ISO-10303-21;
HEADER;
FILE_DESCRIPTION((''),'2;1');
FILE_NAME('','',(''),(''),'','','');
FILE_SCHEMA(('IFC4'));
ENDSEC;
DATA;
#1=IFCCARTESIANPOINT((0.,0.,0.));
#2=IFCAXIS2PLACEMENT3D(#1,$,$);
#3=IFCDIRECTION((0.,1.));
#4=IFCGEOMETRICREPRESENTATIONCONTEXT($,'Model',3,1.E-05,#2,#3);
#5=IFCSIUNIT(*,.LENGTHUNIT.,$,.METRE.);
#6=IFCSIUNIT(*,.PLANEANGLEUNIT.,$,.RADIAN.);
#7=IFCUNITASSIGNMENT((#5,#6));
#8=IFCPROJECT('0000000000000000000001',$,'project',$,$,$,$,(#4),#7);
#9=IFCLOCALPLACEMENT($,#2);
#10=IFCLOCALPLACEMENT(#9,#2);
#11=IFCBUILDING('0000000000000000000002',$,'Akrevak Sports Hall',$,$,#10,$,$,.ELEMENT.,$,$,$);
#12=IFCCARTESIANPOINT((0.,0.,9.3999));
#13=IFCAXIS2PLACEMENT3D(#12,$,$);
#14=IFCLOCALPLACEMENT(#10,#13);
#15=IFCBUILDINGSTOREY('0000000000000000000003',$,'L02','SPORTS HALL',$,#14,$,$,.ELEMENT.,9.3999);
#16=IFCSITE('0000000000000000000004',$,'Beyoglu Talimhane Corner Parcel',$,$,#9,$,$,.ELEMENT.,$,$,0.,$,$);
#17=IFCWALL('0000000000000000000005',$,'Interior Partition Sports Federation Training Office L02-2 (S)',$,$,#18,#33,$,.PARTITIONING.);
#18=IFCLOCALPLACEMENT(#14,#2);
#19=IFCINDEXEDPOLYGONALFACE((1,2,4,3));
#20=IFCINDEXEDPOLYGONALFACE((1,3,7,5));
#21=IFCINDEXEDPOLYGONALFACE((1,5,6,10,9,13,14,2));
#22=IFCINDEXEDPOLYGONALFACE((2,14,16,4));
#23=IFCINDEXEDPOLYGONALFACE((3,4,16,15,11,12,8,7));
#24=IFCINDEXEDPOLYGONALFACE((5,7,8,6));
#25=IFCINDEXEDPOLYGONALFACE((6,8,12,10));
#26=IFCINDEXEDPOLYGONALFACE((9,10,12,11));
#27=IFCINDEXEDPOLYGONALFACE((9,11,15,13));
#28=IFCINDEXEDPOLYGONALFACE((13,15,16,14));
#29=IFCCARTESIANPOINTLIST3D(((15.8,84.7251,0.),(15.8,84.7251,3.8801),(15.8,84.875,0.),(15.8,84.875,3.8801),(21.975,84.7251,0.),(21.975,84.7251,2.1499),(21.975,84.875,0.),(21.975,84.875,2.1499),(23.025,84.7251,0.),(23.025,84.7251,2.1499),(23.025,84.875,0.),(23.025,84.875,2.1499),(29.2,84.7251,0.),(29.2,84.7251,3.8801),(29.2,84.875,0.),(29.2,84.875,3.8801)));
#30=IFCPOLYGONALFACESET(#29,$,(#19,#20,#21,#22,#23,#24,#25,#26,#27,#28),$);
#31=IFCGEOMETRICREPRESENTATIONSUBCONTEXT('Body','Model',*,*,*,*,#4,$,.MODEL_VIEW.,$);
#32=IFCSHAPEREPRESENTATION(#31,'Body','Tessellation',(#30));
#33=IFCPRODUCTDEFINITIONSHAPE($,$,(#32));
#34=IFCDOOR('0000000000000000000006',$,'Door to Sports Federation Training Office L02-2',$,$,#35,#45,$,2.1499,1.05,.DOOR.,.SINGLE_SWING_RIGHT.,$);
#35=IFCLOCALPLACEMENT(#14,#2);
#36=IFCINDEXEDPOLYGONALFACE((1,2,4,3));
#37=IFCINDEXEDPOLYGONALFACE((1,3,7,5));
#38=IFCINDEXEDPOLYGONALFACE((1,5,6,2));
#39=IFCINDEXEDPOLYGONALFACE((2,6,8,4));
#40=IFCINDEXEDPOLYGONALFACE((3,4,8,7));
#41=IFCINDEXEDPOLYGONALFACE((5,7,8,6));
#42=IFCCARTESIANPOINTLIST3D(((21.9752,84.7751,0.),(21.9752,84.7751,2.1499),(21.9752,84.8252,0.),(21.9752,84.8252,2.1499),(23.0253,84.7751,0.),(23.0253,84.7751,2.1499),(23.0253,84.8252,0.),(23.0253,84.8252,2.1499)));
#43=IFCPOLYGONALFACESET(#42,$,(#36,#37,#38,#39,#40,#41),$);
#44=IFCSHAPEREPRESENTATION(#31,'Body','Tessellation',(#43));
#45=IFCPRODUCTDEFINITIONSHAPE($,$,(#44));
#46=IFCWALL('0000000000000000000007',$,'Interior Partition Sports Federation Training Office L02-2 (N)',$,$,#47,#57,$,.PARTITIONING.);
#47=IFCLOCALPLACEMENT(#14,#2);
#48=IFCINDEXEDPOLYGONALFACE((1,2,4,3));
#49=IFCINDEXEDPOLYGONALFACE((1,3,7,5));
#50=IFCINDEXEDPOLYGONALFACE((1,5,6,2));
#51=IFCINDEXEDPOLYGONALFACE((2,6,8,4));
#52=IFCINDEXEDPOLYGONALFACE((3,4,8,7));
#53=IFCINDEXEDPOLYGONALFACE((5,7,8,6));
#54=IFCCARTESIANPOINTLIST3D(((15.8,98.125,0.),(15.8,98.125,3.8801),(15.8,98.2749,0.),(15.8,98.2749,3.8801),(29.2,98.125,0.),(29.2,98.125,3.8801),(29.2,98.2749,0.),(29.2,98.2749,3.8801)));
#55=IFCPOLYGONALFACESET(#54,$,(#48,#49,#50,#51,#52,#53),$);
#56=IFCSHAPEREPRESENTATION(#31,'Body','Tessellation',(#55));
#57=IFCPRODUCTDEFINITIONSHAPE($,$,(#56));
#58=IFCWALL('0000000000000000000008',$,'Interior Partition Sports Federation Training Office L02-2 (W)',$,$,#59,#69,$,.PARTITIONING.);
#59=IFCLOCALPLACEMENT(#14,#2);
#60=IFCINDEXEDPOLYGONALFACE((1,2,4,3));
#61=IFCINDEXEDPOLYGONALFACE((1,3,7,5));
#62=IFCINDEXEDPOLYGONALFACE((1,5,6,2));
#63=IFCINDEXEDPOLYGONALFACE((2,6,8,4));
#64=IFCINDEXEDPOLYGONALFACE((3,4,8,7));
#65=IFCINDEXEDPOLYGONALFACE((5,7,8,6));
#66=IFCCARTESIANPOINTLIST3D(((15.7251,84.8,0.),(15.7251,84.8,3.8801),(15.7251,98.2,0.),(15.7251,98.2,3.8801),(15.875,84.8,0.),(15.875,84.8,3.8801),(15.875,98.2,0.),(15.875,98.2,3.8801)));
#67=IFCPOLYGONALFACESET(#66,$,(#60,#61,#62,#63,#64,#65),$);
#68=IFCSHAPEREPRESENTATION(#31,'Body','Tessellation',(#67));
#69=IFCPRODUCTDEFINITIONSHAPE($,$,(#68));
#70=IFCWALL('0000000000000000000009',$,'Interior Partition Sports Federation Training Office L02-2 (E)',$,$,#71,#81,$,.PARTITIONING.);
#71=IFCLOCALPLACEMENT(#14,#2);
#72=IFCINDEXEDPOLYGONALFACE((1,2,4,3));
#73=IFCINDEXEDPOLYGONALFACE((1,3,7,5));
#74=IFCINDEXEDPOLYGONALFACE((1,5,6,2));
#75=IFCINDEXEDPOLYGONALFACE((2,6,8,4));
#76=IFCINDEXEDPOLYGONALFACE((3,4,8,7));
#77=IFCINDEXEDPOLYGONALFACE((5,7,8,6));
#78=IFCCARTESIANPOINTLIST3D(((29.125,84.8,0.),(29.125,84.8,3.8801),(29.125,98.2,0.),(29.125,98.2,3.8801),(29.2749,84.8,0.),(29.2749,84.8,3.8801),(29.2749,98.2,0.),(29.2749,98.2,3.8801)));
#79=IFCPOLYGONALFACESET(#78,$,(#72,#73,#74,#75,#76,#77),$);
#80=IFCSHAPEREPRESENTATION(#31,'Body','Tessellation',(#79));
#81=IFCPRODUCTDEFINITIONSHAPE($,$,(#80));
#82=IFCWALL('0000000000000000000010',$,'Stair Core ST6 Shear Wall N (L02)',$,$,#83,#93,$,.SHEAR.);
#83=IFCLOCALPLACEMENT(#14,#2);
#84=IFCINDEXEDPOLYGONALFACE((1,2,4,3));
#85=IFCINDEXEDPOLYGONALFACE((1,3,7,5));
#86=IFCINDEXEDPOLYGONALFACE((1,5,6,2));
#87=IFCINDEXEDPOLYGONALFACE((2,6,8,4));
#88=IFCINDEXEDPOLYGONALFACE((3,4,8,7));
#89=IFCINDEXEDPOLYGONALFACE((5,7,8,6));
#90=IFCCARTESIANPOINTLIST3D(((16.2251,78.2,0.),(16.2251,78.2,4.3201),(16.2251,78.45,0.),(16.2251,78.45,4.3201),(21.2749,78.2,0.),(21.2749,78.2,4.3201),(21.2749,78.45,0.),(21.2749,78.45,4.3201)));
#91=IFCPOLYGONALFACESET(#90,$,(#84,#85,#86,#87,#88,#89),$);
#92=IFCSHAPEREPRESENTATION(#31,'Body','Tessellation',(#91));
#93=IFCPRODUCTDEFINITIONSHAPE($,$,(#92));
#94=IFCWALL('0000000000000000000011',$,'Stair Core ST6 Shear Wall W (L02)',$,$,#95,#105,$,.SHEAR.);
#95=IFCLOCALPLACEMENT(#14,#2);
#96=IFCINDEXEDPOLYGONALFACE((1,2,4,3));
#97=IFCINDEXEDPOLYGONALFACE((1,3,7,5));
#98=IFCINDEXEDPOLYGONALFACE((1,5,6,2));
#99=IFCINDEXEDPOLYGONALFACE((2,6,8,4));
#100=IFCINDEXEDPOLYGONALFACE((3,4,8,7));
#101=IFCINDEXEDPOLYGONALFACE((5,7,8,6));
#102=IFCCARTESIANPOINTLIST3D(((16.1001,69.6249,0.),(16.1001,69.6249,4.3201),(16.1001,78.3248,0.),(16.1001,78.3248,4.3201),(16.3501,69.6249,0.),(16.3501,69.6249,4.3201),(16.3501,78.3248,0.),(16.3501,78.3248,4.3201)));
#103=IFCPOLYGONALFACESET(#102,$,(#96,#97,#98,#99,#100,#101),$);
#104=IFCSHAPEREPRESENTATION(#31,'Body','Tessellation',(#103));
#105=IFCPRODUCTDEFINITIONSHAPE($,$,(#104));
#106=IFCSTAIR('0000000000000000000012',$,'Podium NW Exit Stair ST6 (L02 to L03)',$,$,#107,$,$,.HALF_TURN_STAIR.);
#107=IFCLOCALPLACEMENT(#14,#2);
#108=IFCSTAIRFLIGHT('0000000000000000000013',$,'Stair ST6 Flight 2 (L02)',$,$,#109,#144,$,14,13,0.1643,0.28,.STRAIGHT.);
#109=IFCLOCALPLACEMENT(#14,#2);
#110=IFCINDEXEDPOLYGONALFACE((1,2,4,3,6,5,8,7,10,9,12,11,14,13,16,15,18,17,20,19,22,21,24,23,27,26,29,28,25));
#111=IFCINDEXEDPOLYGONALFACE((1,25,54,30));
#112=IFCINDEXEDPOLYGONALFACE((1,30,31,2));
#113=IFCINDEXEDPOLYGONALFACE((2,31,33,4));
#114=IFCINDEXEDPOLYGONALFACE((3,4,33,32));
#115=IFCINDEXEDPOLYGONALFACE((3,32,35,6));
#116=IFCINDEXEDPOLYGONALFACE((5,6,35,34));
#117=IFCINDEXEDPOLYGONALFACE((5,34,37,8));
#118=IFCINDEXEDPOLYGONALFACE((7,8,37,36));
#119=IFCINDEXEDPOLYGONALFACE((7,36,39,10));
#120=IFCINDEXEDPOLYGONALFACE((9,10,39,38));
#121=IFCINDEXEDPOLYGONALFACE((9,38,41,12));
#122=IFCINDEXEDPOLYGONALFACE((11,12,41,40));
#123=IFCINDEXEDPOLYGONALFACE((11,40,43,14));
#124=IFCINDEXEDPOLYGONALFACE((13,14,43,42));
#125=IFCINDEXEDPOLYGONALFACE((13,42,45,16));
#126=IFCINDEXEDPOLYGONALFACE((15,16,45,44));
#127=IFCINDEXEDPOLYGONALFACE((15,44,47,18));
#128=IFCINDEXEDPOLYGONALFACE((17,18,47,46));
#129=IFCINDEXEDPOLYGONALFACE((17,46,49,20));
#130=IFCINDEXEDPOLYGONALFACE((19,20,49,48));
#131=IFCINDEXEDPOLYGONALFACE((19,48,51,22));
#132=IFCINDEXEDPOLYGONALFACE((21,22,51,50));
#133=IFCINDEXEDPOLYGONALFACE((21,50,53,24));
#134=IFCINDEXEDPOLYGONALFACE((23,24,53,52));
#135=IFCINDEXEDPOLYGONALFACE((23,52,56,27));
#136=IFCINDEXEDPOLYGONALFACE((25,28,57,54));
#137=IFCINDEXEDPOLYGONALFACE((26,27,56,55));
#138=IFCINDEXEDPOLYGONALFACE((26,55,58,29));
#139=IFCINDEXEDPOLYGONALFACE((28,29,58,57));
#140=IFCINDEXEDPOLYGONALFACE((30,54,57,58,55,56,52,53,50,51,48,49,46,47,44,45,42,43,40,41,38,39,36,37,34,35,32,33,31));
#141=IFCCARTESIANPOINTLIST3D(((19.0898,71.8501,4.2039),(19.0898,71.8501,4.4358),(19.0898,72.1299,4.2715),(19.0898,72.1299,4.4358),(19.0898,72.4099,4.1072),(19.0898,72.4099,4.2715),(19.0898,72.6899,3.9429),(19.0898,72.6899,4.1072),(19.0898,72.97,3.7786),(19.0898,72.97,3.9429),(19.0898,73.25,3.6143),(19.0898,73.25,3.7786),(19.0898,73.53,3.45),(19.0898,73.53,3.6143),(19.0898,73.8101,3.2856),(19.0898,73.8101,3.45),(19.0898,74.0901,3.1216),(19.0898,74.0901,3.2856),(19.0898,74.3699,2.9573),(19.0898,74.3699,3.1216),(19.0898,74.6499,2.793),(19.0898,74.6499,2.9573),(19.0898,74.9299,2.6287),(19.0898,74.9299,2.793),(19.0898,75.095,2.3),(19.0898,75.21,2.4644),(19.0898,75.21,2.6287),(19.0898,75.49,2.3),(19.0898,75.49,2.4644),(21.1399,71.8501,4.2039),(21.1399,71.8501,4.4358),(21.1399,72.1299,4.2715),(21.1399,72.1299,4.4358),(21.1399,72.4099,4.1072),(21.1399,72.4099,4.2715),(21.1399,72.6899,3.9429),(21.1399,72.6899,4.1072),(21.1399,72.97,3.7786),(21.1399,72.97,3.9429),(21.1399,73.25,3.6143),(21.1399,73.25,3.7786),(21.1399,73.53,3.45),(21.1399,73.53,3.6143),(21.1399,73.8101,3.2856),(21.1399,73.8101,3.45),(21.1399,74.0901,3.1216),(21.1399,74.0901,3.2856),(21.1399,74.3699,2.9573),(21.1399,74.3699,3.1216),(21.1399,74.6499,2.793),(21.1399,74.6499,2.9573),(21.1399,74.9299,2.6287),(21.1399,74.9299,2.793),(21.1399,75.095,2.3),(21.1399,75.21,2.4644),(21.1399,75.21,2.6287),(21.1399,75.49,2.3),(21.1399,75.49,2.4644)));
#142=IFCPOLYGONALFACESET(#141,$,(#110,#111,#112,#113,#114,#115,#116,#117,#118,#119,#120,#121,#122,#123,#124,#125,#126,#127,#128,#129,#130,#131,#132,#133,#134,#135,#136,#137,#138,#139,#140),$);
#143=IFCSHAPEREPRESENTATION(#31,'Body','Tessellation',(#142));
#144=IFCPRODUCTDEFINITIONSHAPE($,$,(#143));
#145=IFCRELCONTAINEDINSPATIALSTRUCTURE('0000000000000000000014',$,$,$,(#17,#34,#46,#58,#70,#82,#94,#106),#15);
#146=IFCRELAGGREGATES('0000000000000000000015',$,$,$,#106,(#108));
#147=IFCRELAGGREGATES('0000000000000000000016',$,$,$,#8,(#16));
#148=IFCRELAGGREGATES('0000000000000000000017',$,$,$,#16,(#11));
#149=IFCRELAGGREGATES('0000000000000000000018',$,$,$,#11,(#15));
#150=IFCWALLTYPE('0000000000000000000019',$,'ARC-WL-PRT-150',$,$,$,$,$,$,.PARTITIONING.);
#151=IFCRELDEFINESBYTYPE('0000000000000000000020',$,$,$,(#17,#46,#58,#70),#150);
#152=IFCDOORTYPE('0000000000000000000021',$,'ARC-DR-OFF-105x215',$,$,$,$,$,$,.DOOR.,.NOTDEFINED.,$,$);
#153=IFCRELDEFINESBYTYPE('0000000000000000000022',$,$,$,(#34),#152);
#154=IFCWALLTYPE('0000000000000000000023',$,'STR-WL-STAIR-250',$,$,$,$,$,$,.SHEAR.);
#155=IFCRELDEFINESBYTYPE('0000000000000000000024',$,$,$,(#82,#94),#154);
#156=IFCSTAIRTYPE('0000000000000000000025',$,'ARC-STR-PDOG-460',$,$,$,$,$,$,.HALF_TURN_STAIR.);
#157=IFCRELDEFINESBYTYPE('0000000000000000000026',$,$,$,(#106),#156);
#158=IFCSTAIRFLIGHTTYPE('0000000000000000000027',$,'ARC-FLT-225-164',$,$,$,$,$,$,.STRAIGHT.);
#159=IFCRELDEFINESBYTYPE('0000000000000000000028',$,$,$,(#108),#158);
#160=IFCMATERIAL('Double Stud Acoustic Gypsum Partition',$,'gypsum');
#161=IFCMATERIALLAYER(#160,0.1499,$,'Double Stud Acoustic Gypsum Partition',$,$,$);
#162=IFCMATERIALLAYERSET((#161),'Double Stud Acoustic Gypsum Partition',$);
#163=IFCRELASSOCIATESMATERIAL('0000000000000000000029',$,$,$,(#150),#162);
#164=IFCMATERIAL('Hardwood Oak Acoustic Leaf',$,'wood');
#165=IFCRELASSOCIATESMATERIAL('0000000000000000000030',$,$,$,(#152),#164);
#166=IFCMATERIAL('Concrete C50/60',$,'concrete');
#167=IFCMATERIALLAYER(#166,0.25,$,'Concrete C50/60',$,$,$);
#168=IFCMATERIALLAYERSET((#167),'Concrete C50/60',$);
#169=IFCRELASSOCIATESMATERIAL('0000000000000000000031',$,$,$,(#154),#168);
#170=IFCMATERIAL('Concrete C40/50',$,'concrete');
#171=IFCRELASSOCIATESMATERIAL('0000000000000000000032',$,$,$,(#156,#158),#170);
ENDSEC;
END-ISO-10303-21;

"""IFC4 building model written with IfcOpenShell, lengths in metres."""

from ifc_helpers import new_model, si_unit, direction, frame, frame_2d, origin, place, context, subcontext, project, spatial, polyline, rectangle, outline, extrude, material, layer, layer_set, type_object, element, fill, aggregate, save


model = new_model("IFC4")

# Units and contexts
model_context = context("Model", 3, precision=1e-05, world=origin(), true_north=direction((0.0, 1.0)))
body_context = subcontext(model_context, "Body", "Model", "MODEL_VIEW")
ifc_project = project(units=[si_unit("LENGTHUNIT", "METRE"), si_unit("PLANEANGLEUNIT", "RADIAN")], contexts=[model_context])

# Site, building, storey
site_placement = place(None, origin())
site = spatial("IfcSite", under=ifc_project, at=site_placement, Name="Beyoglu Talimhane Corner Parcel", CompositionType="ELEMENT", RefElevation=0.0)
building_placement = place(site_placement, origin())
building = spatial("IfcBuilding", under=site, at=building_placement, Name="Akrevak Sports Hall", CompositionType="ELEMENT")
storey_placement = place(building_placement, frame((0.0, 0.0, 9.3999)))
storey = spatial("IfcBuildingStorey", under=building, at=storey_placement, Name="L02", Description="SPORTS HALL", CompositionType="ELEMENT", Elevation=9.3999)

# Shared definitions
ifc_material_1 = material(Name="Concrete C40/50", Category="concrete")

# Shared definitions
ifc_material_2 = material(Name="Concrete C50/60", Category="concrete")

# Shared definitions
ifc_material_3 = material(Name="Hardwood Oak Acoustic Leaf", Category="wood")

# Wall, opening, door
ifc_material_4 = material(Name="Double Stud Acoustic Gypsum Partition", Category="gypsum")
ifc_layer_1 = layer(ifc_material_4, 0.1499, Name="Double Stud Acoustic Gypsum Partition")
ifc_layer_set_1 = layer_set([ifc_layer_1], Name="Double Stud Acoustic Gypsum Partition")
wall_type_1 = type_object("IfcWallType", Name="ARC-WL-PRT-150", PredefinedType="PARTITIONING", material=ifc_layer_set_1)
wall_1_placement = place(storey_placement, frame((15.8, 84.8, 0.0), z_axis=(0.0, 0.0, 1.0), x_axis=(1.0, 0.0, 0.0)))
wall_1 = element("IfcWall", 1, at=wall_1_placement, inside=storey, type_object=wall_type_1, Name="Interior Partition Sports Federation Training Office L02-2 (S)", PredefinedType="PARTITIONING", context=body_context, shape_type="SweptSolid", body=[
    extrude(rectangle(XDim=13.3999, YDim=0.1499, at=frame_2d((6.7, 0.0))), origin(), (0.0, 0.0, 1.0), 3.8801),
])
opening_1_placement = place(wall_1_placement, frame((6.175, 0.0, 0.0)))
opening_1 = element("IfcOpeningElement", 2, at=opening_1_placement, cuts=wall_1, PredefinedType="OPENING", context=body_context, shape_type="SweptSolid", body=[
    extrude(rectangle(XDim=1.05, YDim=2.1499, at=frame_2d((0.5249, 1.075))), frame((0.0, 0.0869, 0.0), z_axis=(0.0, -1.0, 0.0), x_axis=(1.0, 0.0, 0.0)), (0.0, 0.0, 1.0), 0.1738),
])
door_type_1 = type_object("IfcDoorType", Name="ARC-DR-OFF-105x215", OperationType="NOTDEFINED", PredefinedType="DOOR", material=ifc_material_3)
door_1_placement = place(opening_1_placement, frame((1.05, 0.0, 0.0), z_axis=(0.0, 0.0, 1.0), x_axis=(-1.0, 0.0, 0.0)))
door_1 = element("IfcDoor", 3, at=door_1_placement, inside=storey, type_object=door_type_1, Name="Door to Sports Federation Training Office L02-2", OperationType="SINGLE_SWING_RIGHT", OverallHeight=2.1499, OverallWidth=1.05, PredefinedType="DOOR", context=body_context, shape_type="SweptSolid", body=[
    extrude(rectangle(XDim=1.05, YDim=2.1499, at=frame_2d((0.5249, 1.075))), frame((0.0, 0.0249, 0.0), z_axis=(0.0, -1.0, 0.0), x_axis=(1.0, 0.0, 0.0)), (0.0, 0.0, 1.0), 0.05),
])
fill(opening_1, door_1)

# Walls
for number, where, z_axis, x_axis, name in (
    (4, (15.8, 98.2, 0.0), (0.0, 0.0, 1.0), (1.0, 0.0, 0.0), "Interior Partition Sports Federation Training Office L02-2 (N)"),
    (5, (15.8, 84.8, 0.0), (0.0, 0.0, 1.0), (0.0, 1.0, 0.0), "Interior Partition Sports Federation Training Office L02-2 (W)"),
    (6, (29.2, 84.8, 0.0), (0.0, 0.0, 1.0), (0.0, 1.0, 0.0), "Interior Partition Sports Federation Training Office L02-2 (E)"),
):
    element("IfcWall", number, at=place(storey_placement, frame(where, z_axis=z_axis, x_axis=x_axis)), inside=storey, type_object=wall_type_1, Name=name, PredefinedType="PARTITIONING", context=body_context, shape_type="SweptSolid", body=[
        extrude(rectangle(XDim=13.3999, YDim=0.1499, at=frame_2d((6.7, 0.0))), origin(), (0.0, 0.0, 1.0), 3.8801),
    ])
ifc_layer_2 = layer(ifc_material_2, 0.25, Name="Concrete C50/60")
ifc_layer_set_2 = layer_set([ifc_layer_2], Name="Concrete C50/60")
wall_type_2 = type_object("IfcWallType", Name="STR-WL-STAIR-250", PredefinedType="SHEAR", material=ifc_layer_set_2)
wall_2_placement = place(storey_placement, frame((21.2749, 78.325, 0.0), z_axis=(0.0, 0.0, 1.0), x_axis=(-1.0, 0.0, 0.0)))
element("IfcWall", 7, at=wall_2_placement, inside=storey, type_object=wall_type_2, Name="Stair Core ST6 Shear Wall N (L02)", PredefinedType="SHEAR", context=body_context, shape_type="SweptSolid", body=[
    extrude(rectangle(XDim=5.0498, YDim=0.25, at=frame_2d((2.5249, 0.0))), origin(), (0.0, 0.0, 1.0), 4.3201),
])
wall_3_placement = place(storey_placement, frame((16.2251, 78.325, 0.0), z_axis=(0.0, 0.0, 1.0), x_axis=(0.0, -1.0, 0.0)))
element("IfcWall", 8, at=wall_3_placement, inside=storey, type_object=wall_type_2, Name="Stair Core ST6 Shear Wall W (L02)", PredefinedType="SHEAR", context=body_context, shape_type="SweptSolid", body=[
    extrude(rectangle(XDim=8.7, YDim=0.25, at=frame_2d((4.3501, 0.0))), origin(), (0.0, 0.0, 1.0), 4.3201),
])

# Stair, stair flight
stair_type = type_object("IfcStairType", Name="ARC-STR-PDOG-460", PredefinedType="HALF_TURN_STAIR", material=ifc_material_1)
stair_placement = place(storey_placement, origin())
stair = element("IfcStair", 9, at=stair_placement, inside=storey, type_object=stair_type, Name="Podium NW Exit Stair ST6 (L02 to L03)", PredefinedType="HALF_TURN_STAIR")
stair_flight_type = type_object("IfcStairFlightType", Name="ARC-FLT-225-164", PredefinedType="STRAIGHT", material=ifc_material_1)
stair_flight_placement = place(storey_placement, frame((20.115, 75.49, 2.3), z_axis=(0.0, 0.0, 1.0), x_axis=(0.0, -1.0, 0.0)))
stair_flight = element("IfcStairFlight", 10, at=stair_flight_placement, type_object=stair_flight_type, Name="Stair ST6 Flight 2 (L02)", NumberOfRisers=14, NumberOfTreads=13, PredefinedType="STRAIGHT", RiserHeight=0.1643, TreadLength=0.28, context=body_context, shape_type="SweptSolid", body=[
    extrude(outline(polyline([(0.0, 0.0), (0.0, 0.1643), (0.28, 0.1643), (0.28, 0.3286), (0.5601, 0.3286), (0.5601, 0.4929), (0.8401, 0.4929), (0.8401, 0.6572), (1.1201, 0.6572), (1.1201, 0.8215), (1.3999, 0.8215), (1.3999, 0.9856), (1.6799, 0.9856), (1.6799, 1.1499), (1.96, 1.1499), (1.96, 1.3142), (2.24, 1.3142), (2.24, 1.4785), (2.52, 1.4785), (2.52, 1.6428), (2.8, 1.6428), (2.8, 1.8071), (3.0801, 1.8071), (3.0801, 1.9714), (3.3601, 1.9714), (3.3601, 2.1357), (3.6399, 2.1357), (3.6399, 2.3), (3.6399, 1.9038), (0.395, 0.0), (0.0, 0.0)])), frame((0.0, 1.0249, 0.0), z_axis=(0.0, -1.0, 0.0), x_axis=(1.0, 0.0, 0.0)), (0.0, 0.0, 1.0), 2.05),
])
aggregate(stair, [stair_flight])

save(model, "model.ifc")
